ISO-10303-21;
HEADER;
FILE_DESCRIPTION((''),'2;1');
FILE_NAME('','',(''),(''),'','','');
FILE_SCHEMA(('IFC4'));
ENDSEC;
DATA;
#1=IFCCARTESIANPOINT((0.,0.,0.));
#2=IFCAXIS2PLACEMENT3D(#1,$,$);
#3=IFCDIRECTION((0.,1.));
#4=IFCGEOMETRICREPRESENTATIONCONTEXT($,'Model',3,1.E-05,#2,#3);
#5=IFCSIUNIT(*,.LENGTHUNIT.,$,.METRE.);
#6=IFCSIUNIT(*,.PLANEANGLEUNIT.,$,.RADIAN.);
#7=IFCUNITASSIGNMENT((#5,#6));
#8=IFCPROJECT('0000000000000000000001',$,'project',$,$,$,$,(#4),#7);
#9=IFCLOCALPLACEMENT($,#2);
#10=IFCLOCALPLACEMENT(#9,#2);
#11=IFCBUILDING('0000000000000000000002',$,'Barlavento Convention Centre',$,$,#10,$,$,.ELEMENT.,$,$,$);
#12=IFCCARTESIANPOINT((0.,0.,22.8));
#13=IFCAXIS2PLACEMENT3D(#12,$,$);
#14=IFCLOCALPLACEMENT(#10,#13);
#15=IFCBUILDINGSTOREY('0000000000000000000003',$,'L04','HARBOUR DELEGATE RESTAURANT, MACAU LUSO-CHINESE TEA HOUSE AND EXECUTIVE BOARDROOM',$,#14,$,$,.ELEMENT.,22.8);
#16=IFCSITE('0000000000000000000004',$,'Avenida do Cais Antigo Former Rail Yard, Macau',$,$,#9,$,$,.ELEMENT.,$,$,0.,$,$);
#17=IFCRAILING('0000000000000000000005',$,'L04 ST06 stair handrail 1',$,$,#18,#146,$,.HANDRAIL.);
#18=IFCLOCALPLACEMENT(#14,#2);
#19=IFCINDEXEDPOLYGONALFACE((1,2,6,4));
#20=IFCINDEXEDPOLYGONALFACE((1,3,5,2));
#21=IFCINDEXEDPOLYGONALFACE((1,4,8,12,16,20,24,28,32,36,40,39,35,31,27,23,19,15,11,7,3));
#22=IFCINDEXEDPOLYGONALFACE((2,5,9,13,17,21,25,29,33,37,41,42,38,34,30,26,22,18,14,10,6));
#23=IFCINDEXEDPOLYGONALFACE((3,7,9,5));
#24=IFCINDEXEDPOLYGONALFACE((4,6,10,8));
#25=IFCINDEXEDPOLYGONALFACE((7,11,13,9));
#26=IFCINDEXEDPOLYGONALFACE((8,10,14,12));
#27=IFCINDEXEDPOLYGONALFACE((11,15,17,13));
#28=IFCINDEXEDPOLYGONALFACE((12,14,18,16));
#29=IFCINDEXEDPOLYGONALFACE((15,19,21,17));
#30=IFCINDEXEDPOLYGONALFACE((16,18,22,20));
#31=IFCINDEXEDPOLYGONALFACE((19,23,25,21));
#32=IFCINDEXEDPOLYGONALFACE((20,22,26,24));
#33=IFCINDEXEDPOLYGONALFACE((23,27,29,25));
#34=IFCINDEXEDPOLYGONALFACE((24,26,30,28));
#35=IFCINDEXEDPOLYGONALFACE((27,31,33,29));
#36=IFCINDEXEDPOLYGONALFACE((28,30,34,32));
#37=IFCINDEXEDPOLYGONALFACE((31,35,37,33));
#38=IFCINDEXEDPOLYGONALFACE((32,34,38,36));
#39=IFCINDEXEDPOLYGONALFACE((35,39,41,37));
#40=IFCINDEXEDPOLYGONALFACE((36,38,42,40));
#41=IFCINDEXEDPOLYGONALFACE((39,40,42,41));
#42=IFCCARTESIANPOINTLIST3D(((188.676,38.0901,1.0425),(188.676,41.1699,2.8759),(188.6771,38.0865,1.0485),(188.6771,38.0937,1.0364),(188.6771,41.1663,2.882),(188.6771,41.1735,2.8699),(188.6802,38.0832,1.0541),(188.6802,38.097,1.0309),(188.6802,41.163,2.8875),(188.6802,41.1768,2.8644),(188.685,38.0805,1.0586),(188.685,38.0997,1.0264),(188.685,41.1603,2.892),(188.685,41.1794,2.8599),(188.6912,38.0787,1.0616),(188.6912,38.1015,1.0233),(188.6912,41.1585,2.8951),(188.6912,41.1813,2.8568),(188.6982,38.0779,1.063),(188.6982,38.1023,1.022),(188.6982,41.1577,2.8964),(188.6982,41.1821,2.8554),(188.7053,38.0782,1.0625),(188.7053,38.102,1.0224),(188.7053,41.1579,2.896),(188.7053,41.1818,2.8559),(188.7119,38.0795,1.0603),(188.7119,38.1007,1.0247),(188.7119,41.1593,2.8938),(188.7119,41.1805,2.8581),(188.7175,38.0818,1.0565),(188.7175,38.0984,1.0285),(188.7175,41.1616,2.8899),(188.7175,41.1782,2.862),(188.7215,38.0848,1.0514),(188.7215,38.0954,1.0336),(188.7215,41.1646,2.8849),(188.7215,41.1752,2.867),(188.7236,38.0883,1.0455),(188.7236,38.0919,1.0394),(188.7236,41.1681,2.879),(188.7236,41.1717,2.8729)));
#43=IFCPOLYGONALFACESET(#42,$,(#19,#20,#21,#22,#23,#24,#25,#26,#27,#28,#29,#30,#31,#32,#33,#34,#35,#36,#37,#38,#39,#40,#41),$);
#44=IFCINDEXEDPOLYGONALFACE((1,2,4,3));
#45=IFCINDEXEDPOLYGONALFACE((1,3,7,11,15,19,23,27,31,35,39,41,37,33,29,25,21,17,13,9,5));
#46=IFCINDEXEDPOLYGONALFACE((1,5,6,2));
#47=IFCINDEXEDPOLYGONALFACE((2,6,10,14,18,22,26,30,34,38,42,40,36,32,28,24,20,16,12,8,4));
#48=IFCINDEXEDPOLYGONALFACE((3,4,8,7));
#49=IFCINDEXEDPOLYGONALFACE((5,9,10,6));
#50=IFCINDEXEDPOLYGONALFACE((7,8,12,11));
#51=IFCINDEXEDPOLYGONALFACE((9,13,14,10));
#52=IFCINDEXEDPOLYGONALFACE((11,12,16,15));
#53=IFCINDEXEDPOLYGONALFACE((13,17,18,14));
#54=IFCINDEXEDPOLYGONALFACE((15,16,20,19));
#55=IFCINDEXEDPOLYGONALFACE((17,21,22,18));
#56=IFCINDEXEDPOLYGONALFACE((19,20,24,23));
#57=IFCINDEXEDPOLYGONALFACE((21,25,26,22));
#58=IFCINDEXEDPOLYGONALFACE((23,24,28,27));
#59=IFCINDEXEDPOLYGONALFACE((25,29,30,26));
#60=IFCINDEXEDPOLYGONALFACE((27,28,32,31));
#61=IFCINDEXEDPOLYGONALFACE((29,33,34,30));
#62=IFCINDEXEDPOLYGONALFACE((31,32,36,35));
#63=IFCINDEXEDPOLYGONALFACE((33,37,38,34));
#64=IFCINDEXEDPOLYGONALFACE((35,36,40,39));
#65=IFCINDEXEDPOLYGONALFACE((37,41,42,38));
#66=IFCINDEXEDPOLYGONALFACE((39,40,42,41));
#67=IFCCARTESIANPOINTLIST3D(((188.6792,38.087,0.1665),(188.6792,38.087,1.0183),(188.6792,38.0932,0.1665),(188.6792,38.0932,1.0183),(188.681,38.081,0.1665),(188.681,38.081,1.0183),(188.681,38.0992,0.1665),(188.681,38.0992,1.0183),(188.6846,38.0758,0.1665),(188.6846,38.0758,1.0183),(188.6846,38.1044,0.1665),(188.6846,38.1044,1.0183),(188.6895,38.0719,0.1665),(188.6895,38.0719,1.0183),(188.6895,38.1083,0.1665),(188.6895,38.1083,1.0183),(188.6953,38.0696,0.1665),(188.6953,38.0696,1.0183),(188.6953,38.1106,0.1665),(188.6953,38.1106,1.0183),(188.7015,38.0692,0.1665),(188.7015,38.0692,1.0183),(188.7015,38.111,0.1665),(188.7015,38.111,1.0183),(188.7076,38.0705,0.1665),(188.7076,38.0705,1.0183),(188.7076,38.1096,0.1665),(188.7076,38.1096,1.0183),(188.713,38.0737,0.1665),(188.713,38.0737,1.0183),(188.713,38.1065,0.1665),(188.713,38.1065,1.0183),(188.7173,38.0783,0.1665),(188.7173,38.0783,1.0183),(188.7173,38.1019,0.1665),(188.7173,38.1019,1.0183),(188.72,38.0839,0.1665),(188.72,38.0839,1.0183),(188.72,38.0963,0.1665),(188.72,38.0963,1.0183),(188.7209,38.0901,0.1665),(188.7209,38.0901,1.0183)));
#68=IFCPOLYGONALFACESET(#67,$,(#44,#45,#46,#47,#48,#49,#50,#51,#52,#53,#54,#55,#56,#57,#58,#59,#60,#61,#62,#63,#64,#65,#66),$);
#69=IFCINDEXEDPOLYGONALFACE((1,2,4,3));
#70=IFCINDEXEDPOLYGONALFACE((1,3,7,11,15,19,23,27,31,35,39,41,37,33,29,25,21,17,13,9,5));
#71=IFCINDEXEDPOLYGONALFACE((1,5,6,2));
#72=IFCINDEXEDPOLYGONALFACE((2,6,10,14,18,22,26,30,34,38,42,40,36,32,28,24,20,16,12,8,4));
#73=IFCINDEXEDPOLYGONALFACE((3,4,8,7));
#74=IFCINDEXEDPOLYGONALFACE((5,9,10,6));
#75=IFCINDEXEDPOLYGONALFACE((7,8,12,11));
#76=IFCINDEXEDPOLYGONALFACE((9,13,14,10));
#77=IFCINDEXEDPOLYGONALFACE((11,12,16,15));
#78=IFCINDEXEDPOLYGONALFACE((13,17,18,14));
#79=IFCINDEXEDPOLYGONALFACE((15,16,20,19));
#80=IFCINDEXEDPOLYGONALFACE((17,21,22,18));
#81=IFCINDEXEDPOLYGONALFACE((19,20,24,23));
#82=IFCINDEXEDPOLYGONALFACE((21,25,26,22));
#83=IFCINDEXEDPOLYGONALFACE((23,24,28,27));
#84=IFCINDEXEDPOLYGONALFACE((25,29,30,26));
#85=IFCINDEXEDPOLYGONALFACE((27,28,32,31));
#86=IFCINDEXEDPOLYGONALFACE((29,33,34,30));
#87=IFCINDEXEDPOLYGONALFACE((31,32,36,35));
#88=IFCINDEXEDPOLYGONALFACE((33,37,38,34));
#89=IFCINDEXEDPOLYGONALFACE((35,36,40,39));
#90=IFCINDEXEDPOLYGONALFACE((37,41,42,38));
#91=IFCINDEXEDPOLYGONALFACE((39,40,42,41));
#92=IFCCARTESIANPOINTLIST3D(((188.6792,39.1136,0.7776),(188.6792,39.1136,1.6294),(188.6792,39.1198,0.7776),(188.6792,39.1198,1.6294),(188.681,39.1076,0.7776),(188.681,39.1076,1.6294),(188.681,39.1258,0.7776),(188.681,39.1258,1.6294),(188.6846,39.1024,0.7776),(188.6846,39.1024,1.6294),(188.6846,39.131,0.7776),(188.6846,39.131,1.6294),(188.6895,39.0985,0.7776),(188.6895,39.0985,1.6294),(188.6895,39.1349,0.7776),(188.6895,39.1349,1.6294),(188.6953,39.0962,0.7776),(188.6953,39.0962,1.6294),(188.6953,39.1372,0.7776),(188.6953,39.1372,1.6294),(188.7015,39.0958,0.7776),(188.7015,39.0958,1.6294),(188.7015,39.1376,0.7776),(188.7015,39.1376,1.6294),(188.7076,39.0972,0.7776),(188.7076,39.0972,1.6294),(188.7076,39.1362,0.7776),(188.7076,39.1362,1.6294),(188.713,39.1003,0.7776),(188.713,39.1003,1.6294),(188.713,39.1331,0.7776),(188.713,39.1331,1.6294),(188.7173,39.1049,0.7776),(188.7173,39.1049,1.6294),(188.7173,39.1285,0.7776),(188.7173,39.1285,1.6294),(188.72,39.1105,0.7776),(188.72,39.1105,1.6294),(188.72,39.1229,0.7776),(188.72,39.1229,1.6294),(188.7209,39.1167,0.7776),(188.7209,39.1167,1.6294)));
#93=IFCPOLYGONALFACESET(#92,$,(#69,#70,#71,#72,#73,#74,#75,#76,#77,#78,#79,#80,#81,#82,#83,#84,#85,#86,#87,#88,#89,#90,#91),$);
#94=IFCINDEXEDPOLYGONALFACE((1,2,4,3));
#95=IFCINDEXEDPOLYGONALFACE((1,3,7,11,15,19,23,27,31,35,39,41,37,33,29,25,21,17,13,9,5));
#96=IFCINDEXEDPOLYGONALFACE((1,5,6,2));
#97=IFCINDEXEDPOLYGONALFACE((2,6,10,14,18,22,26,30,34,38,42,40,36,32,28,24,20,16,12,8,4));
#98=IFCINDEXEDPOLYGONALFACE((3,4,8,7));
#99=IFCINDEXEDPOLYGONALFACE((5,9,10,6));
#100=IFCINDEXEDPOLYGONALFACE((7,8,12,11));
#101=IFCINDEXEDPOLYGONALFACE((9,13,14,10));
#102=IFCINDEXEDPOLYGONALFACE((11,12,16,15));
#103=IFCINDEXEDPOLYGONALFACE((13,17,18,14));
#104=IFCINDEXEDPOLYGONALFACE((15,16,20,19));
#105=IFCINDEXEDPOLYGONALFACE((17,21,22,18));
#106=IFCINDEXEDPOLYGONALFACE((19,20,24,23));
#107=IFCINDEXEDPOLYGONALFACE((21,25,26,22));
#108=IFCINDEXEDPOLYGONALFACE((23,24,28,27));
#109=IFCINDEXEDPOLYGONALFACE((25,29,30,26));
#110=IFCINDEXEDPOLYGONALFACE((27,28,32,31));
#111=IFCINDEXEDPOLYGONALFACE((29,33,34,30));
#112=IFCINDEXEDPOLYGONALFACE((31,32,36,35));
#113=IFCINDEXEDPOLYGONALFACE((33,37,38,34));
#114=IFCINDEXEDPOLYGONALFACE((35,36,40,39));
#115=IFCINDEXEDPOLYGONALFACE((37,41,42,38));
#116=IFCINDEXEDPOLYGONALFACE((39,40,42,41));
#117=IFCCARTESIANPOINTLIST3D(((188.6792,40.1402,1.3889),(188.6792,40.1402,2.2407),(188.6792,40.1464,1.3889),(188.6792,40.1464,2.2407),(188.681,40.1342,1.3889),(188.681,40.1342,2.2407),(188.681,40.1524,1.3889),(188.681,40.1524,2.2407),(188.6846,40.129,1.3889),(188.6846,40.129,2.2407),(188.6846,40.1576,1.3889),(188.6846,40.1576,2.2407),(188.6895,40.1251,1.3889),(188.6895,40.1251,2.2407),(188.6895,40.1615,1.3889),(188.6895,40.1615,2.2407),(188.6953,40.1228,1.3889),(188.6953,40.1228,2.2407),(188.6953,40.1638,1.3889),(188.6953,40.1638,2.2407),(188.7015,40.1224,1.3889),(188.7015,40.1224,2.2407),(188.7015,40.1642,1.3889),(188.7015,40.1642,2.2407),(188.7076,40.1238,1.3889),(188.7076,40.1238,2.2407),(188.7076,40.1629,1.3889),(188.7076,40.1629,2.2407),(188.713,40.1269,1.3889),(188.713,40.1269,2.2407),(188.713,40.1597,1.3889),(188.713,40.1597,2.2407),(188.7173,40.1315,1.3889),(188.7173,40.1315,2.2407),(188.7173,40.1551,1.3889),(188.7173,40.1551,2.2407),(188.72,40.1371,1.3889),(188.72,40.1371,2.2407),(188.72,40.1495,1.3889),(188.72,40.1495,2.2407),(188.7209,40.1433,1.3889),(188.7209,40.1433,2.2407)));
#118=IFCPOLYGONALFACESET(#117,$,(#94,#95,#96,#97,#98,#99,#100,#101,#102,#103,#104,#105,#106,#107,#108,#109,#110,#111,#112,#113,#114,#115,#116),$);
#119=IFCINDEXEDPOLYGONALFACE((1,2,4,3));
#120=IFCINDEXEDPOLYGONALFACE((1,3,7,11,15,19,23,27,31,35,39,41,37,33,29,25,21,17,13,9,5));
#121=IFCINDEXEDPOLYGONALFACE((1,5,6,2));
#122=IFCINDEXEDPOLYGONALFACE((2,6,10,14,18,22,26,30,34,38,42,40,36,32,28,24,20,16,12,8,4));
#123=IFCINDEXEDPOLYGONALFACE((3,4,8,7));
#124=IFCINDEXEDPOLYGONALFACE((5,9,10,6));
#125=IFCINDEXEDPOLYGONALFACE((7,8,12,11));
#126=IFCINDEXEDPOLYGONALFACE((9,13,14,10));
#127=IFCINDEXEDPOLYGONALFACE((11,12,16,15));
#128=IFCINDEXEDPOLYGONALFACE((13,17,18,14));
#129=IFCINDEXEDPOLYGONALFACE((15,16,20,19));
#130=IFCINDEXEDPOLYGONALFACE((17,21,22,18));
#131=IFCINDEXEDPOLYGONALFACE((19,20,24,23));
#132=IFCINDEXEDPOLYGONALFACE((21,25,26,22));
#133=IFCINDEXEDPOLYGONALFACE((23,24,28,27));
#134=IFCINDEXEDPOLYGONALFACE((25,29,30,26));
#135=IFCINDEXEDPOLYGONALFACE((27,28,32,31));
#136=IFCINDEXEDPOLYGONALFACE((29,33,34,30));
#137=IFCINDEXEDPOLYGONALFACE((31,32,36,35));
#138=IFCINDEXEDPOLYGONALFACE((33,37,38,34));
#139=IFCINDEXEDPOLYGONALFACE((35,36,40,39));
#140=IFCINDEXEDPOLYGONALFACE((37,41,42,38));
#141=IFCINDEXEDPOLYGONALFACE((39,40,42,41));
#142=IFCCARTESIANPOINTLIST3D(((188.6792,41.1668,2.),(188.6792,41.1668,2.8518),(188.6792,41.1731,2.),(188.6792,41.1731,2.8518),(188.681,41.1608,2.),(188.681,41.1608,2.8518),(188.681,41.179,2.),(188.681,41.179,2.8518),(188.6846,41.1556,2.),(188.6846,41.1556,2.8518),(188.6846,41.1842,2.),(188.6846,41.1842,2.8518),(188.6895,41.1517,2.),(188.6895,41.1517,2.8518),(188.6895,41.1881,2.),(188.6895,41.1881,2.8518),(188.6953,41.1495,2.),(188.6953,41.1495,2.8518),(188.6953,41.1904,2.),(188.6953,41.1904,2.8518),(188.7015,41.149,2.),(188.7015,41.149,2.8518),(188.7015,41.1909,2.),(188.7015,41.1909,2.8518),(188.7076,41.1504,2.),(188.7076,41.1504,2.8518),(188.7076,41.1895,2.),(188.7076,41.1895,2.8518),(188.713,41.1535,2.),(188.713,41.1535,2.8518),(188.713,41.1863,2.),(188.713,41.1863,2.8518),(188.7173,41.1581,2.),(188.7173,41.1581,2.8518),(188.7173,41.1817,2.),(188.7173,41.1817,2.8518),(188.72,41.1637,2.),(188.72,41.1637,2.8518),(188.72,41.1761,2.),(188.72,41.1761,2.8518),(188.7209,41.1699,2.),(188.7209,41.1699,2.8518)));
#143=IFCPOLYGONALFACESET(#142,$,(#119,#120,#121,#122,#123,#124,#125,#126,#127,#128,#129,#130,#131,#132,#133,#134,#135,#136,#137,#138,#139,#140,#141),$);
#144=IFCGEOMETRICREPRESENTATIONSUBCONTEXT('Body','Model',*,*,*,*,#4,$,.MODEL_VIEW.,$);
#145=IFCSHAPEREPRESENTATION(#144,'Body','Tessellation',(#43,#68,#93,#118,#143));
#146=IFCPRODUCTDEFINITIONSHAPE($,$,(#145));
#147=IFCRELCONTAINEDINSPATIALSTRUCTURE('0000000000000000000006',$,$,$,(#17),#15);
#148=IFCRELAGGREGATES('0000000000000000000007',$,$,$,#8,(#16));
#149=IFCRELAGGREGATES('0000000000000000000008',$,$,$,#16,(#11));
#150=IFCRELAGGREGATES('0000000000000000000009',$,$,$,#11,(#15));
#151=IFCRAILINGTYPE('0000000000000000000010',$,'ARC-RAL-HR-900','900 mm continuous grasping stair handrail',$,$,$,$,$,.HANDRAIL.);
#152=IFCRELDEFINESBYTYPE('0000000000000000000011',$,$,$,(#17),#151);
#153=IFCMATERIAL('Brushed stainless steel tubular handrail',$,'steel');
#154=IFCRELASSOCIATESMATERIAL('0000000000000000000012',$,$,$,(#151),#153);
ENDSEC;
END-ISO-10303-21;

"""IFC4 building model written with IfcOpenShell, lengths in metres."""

from ifc_helpers import new_model, si_unit, direction, frame, origin, origin_2d, place, context, subcontext, project, spatial, circle, extrude, material, type_object, element, save


model = new_model("IFC4")

# Units and contexts
model_context = context("Model", 3, precision=1e-05, world=origin(), true_north=direction((0.0, 1.0)))
body_context = subcontext(model_context, "Body", "Model", "MODEL_VIEW")
ifc_project = project(units=[si_unit("LENGTHUNIT", "METRE"), si_unit("PLANEANGLEUNIT", "RADIAN")], contexts=[model_context])

# Site, building, storey
site_placement = place(None, origin())
site = spatial("IfcSite", under=ifc_project, at=site_placement, Name="Avenida do Cais Antigo Former Rail Yard, Macau", CompositionType="ELEMENT", RefElevation=0.0)
building_placement = place(site_placement, origin())
building = spatial("IfcBuilding", under=site, at=building_placement, Name="Barlavento Convention Centre", CompositionType="ELEMENT")
storey_placement = place(building_placement, frame((0.0, 0.0, 22.8)))
storey = spatial("IfcBuildingStorey", under=building, at=storey_placement, Name="L04", Description="HARBOUR DELEGATE RESTAURANT, MACAU LUSO-CHINESE TEA HOUSE AND EXECUTIVE BOARDROOM", CompositionType="ELEMENT", Elevation=22.8)

# Railing
ifc_material_1 = material(Name="Brushed stainless steel tubular handrail", Category="steel")
railing_type_1 = type_object("IfcRailingType", Name="ARC-RAL-HR-900", Description="900 mm continuous grasping stair handrail", PredefinedType="HANDRAIL", material=ifc_material_1)
railing_1_placement = place(storey_placement, frame((188.7, 38.0901, 0.1665)))
element("IfcRailing", 1, at=railing_1_placement, inside=storey, type_object=railing_type_1, Name="L04 ST06 stair handrail 1", PredefinedType="HANDRAIL", context=body_context, shape_type="SweptSolid", body=[
    extrude(circle(Radius=0.0239, at=origin_2d()), frame((0.0, 0.0, 0.876), z_axis=(0.0, 0.859261, 0.511538), x_axis=(-1.0, 0.0, 0.0)), (0.0, 0.0, 1.0), 3.5842),
    extrude(circle(Radius=0.021, at=origin_2d()), origin(), (0.0, 0.0, 1.0), 0.8518),
    extrude(circle(Radius=0.021, at=origin_2d()), frame((0.0, 1.0266, 0.6111)), (0.0, 0.0, 1.0), 0.8518),
    extrude(circle(Radius=0.021, at=origin_2d()), frame((0.0, 2.0532, 1.2224)), (0.0, 0.0, 1.0), 0.8518),
    extrude(circle(Radius=0.021, at=origin_2d()), frame((0.0, 3.0798, 1.8335)), (0.0, 0.0, 1.0), 0.8518),
])

save(model, "model.ifc")
